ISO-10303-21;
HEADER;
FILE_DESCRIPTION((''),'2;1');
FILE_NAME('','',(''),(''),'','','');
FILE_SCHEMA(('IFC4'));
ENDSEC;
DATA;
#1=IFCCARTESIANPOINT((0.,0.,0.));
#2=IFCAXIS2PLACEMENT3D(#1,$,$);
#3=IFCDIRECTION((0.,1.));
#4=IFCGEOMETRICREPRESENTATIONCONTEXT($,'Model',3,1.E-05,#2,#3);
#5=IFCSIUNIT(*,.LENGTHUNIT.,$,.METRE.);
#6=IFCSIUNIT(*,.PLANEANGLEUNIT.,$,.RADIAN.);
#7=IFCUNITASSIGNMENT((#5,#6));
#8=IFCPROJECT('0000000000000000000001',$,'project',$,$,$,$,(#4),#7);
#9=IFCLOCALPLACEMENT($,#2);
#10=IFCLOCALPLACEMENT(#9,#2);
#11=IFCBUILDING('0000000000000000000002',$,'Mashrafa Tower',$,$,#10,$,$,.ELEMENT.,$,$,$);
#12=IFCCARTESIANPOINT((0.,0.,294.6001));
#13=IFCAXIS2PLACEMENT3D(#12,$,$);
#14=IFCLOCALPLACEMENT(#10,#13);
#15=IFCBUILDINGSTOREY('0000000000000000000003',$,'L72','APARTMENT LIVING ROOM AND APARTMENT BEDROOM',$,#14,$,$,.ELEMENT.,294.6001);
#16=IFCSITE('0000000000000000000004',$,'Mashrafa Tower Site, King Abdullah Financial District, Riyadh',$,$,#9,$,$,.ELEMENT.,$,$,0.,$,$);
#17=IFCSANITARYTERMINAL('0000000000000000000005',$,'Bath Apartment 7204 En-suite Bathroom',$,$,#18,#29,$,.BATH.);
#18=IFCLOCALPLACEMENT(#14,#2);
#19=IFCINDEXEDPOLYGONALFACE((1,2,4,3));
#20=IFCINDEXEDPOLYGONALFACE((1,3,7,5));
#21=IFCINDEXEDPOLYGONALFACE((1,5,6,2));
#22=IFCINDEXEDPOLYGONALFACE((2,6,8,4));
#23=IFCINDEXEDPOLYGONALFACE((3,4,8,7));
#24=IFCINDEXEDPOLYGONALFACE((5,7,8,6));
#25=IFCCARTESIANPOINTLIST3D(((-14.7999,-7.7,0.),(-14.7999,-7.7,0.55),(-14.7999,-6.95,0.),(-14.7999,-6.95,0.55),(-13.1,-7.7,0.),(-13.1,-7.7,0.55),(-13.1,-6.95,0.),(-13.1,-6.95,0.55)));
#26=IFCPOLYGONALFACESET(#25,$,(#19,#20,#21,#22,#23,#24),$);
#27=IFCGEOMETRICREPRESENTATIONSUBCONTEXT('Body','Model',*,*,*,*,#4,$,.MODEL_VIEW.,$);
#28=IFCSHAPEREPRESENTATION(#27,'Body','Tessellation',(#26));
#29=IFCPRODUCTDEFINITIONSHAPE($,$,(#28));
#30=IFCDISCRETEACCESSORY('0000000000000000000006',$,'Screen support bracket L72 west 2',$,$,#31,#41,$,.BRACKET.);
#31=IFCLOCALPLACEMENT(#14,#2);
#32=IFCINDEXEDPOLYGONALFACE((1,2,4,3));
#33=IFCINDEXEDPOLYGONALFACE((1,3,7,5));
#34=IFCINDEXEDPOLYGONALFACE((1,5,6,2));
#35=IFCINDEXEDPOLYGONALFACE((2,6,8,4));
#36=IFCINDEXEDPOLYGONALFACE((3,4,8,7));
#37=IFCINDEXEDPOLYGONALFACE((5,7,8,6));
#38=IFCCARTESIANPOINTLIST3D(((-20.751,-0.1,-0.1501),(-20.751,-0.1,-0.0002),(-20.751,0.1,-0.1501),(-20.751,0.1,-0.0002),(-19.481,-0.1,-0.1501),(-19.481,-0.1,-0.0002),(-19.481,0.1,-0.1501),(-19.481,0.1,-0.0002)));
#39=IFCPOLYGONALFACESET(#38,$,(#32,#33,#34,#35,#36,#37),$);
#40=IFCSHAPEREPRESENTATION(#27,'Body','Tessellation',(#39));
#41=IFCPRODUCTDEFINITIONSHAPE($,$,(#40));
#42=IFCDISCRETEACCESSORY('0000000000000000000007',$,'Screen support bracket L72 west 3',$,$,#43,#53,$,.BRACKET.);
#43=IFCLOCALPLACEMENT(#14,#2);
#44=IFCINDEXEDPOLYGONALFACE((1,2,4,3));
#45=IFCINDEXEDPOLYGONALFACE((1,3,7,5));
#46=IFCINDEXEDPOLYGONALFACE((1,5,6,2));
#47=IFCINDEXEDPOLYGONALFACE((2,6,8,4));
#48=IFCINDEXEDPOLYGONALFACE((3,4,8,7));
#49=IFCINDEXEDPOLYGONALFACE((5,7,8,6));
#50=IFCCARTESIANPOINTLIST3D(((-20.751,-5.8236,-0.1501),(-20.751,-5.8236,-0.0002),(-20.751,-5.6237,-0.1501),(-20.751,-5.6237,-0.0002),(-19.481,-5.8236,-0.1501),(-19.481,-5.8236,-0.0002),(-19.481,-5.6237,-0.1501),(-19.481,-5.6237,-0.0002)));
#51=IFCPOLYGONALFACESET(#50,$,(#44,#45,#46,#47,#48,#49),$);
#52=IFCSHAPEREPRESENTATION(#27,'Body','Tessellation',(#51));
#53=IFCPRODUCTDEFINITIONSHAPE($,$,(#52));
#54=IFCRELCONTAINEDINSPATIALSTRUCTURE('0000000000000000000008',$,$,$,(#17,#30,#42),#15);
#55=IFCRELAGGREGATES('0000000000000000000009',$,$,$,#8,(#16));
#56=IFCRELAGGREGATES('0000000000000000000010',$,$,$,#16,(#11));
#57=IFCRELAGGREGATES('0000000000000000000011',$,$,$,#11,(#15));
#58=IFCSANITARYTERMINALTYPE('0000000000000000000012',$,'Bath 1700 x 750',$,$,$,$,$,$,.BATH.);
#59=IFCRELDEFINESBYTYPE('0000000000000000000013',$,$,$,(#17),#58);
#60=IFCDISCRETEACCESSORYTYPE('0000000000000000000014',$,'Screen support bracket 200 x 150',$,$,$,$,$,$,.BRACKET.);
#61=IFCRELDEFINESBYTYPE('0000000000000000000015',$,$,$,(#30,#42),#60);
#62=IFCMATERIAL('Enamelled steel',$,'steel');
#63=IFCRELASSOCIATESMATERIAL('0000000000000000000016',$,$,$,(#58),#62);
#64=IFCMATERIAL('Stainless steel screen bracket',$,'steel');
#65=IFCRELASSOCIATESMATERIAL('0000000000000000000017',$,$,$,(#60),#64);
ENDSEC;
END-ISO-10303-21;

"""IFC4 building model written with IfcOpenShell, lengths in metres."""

from ifc_helpers import new_model, si_unit, direction, frame, origin, origin_2d, place, context, subcontext, project, spatial, rectangle, extrude, source, transform, mapped, material, type_object, type_shapes, element, save


model = new_model("IFC4")

# Units and contexts
model_context = context("Model", 3, precision=1e-05, world=origin(), true_north=direction((0.0, 1.0)))
body_context = subcontext(model_context, "Body", "Model", "MODEL_VIEW")
ifc_project = project(units=[si_unit("LENGTHUNIT", "METRE"), si_unit("PLANEANGLEUNIT", "RADIAN")], contexts=[model_context])

# Site, building, storey
site_placement = place(None, origin())
site = spatial("IfcSite", under=ifc_project, at=site_placement, Name="Mashrafa Tower Site, King Abdullah Financial District, Riyadh", CompositionType="ELEMENT", RefElevation=0.0)
building_placement = place(site_placement, origin())
building = spatial("IfcBuilding", under=site, at=building_placement, Name="Mashrafa Tower", CompositionType="ELEMENT")
storey_placement = place(building_placement, frame((0.0, 0.0, 294.6001)))
storey = spatial("IfcBuildingStorey", under=building, at=storey_placement, Name="L72", Description="APARTMENT LIVING ROOM AND APARTMENT BEDROOM", CompositionType="ELEMENT", Elevation=294.6001)

# Sanitary terminal
ifc_material_1 = material(Name="Enamelled steel", Category="steel")
sanitary_terminal_type = type_object("IfcSanitaryTerminalType", Name="Bath 1700 x 750", PredefinedType="BATH", material=ifc_material_1)
sanitary_terminal_placement = place(storey_placement, frame((-13.95, -7.325, 0.0), z_axis=(0.0, 0.0, 1.0), x_axis=(-1.0, 0.0, 0.0)))
element("IfcSanitaryTerminal", 1, at=sanitary_terminal_placement, inside=storey, type_object=sanitary_terminal_type, Name="Bath Apartment 7204 En-suite Bathroom", PredefinedType="BATH", context=body_context, shape_type="SweptSolid", body=[
    extrude(rectangle(XDim=1.7, YDim=0.75, at=origin_2d()), origin(), (0.0, 0.0, 1.0), 0.55),
])

# Discrete accessories
ifc_material_2 = material(Name="Stainless steel screen bracket", Category="steel")
discrete_accessory_type = type_object("IfcDiscreteAccessoryType", Name="Screen support bracket 200 x 150", PredefinedType="BRACKET", material=ifc_material_2)
shared_shape_1 = source(origin(), body_context, "Body", "SweptSolid", [
    extrude(rectangle(XDim=0.2, YDim=1.27, at=origin_2d()), origin(), (0.0, 0.0, 1.0), 0.1499),
])
type_shapes(discrete_accessory_type, [shared_shape_1])
for number, where, z_axis, x_axis, name in (
    (2, (-20.116, 0.0, -0.1501), (0.0, 0.0, 1.0), (0.0, -1.0, 0.0), "Screen support bracket L72 west 2"),
    (3, (-20.116, -5.7236, -0.1501), (0.0, 0.0, 1.0), (0.0, -1.0, 0.0), "Screen support bracket L72 west 3"),
):
    element("IfcDiscreteAccessory", number, at=place(storey_placement, frame(where, z_axis=z_axis, x_axis=x_axis)), inside=storey, type_object=discrete_accessory_type, Name=name, PredefinedType="BRACKET", context=body_context, shape_type="MappedRepresentation", body=[
        mapped(shared_shape_1, transform((0.0, 0.0, 0.0))),
    ])

save(model, "model.ifc")
